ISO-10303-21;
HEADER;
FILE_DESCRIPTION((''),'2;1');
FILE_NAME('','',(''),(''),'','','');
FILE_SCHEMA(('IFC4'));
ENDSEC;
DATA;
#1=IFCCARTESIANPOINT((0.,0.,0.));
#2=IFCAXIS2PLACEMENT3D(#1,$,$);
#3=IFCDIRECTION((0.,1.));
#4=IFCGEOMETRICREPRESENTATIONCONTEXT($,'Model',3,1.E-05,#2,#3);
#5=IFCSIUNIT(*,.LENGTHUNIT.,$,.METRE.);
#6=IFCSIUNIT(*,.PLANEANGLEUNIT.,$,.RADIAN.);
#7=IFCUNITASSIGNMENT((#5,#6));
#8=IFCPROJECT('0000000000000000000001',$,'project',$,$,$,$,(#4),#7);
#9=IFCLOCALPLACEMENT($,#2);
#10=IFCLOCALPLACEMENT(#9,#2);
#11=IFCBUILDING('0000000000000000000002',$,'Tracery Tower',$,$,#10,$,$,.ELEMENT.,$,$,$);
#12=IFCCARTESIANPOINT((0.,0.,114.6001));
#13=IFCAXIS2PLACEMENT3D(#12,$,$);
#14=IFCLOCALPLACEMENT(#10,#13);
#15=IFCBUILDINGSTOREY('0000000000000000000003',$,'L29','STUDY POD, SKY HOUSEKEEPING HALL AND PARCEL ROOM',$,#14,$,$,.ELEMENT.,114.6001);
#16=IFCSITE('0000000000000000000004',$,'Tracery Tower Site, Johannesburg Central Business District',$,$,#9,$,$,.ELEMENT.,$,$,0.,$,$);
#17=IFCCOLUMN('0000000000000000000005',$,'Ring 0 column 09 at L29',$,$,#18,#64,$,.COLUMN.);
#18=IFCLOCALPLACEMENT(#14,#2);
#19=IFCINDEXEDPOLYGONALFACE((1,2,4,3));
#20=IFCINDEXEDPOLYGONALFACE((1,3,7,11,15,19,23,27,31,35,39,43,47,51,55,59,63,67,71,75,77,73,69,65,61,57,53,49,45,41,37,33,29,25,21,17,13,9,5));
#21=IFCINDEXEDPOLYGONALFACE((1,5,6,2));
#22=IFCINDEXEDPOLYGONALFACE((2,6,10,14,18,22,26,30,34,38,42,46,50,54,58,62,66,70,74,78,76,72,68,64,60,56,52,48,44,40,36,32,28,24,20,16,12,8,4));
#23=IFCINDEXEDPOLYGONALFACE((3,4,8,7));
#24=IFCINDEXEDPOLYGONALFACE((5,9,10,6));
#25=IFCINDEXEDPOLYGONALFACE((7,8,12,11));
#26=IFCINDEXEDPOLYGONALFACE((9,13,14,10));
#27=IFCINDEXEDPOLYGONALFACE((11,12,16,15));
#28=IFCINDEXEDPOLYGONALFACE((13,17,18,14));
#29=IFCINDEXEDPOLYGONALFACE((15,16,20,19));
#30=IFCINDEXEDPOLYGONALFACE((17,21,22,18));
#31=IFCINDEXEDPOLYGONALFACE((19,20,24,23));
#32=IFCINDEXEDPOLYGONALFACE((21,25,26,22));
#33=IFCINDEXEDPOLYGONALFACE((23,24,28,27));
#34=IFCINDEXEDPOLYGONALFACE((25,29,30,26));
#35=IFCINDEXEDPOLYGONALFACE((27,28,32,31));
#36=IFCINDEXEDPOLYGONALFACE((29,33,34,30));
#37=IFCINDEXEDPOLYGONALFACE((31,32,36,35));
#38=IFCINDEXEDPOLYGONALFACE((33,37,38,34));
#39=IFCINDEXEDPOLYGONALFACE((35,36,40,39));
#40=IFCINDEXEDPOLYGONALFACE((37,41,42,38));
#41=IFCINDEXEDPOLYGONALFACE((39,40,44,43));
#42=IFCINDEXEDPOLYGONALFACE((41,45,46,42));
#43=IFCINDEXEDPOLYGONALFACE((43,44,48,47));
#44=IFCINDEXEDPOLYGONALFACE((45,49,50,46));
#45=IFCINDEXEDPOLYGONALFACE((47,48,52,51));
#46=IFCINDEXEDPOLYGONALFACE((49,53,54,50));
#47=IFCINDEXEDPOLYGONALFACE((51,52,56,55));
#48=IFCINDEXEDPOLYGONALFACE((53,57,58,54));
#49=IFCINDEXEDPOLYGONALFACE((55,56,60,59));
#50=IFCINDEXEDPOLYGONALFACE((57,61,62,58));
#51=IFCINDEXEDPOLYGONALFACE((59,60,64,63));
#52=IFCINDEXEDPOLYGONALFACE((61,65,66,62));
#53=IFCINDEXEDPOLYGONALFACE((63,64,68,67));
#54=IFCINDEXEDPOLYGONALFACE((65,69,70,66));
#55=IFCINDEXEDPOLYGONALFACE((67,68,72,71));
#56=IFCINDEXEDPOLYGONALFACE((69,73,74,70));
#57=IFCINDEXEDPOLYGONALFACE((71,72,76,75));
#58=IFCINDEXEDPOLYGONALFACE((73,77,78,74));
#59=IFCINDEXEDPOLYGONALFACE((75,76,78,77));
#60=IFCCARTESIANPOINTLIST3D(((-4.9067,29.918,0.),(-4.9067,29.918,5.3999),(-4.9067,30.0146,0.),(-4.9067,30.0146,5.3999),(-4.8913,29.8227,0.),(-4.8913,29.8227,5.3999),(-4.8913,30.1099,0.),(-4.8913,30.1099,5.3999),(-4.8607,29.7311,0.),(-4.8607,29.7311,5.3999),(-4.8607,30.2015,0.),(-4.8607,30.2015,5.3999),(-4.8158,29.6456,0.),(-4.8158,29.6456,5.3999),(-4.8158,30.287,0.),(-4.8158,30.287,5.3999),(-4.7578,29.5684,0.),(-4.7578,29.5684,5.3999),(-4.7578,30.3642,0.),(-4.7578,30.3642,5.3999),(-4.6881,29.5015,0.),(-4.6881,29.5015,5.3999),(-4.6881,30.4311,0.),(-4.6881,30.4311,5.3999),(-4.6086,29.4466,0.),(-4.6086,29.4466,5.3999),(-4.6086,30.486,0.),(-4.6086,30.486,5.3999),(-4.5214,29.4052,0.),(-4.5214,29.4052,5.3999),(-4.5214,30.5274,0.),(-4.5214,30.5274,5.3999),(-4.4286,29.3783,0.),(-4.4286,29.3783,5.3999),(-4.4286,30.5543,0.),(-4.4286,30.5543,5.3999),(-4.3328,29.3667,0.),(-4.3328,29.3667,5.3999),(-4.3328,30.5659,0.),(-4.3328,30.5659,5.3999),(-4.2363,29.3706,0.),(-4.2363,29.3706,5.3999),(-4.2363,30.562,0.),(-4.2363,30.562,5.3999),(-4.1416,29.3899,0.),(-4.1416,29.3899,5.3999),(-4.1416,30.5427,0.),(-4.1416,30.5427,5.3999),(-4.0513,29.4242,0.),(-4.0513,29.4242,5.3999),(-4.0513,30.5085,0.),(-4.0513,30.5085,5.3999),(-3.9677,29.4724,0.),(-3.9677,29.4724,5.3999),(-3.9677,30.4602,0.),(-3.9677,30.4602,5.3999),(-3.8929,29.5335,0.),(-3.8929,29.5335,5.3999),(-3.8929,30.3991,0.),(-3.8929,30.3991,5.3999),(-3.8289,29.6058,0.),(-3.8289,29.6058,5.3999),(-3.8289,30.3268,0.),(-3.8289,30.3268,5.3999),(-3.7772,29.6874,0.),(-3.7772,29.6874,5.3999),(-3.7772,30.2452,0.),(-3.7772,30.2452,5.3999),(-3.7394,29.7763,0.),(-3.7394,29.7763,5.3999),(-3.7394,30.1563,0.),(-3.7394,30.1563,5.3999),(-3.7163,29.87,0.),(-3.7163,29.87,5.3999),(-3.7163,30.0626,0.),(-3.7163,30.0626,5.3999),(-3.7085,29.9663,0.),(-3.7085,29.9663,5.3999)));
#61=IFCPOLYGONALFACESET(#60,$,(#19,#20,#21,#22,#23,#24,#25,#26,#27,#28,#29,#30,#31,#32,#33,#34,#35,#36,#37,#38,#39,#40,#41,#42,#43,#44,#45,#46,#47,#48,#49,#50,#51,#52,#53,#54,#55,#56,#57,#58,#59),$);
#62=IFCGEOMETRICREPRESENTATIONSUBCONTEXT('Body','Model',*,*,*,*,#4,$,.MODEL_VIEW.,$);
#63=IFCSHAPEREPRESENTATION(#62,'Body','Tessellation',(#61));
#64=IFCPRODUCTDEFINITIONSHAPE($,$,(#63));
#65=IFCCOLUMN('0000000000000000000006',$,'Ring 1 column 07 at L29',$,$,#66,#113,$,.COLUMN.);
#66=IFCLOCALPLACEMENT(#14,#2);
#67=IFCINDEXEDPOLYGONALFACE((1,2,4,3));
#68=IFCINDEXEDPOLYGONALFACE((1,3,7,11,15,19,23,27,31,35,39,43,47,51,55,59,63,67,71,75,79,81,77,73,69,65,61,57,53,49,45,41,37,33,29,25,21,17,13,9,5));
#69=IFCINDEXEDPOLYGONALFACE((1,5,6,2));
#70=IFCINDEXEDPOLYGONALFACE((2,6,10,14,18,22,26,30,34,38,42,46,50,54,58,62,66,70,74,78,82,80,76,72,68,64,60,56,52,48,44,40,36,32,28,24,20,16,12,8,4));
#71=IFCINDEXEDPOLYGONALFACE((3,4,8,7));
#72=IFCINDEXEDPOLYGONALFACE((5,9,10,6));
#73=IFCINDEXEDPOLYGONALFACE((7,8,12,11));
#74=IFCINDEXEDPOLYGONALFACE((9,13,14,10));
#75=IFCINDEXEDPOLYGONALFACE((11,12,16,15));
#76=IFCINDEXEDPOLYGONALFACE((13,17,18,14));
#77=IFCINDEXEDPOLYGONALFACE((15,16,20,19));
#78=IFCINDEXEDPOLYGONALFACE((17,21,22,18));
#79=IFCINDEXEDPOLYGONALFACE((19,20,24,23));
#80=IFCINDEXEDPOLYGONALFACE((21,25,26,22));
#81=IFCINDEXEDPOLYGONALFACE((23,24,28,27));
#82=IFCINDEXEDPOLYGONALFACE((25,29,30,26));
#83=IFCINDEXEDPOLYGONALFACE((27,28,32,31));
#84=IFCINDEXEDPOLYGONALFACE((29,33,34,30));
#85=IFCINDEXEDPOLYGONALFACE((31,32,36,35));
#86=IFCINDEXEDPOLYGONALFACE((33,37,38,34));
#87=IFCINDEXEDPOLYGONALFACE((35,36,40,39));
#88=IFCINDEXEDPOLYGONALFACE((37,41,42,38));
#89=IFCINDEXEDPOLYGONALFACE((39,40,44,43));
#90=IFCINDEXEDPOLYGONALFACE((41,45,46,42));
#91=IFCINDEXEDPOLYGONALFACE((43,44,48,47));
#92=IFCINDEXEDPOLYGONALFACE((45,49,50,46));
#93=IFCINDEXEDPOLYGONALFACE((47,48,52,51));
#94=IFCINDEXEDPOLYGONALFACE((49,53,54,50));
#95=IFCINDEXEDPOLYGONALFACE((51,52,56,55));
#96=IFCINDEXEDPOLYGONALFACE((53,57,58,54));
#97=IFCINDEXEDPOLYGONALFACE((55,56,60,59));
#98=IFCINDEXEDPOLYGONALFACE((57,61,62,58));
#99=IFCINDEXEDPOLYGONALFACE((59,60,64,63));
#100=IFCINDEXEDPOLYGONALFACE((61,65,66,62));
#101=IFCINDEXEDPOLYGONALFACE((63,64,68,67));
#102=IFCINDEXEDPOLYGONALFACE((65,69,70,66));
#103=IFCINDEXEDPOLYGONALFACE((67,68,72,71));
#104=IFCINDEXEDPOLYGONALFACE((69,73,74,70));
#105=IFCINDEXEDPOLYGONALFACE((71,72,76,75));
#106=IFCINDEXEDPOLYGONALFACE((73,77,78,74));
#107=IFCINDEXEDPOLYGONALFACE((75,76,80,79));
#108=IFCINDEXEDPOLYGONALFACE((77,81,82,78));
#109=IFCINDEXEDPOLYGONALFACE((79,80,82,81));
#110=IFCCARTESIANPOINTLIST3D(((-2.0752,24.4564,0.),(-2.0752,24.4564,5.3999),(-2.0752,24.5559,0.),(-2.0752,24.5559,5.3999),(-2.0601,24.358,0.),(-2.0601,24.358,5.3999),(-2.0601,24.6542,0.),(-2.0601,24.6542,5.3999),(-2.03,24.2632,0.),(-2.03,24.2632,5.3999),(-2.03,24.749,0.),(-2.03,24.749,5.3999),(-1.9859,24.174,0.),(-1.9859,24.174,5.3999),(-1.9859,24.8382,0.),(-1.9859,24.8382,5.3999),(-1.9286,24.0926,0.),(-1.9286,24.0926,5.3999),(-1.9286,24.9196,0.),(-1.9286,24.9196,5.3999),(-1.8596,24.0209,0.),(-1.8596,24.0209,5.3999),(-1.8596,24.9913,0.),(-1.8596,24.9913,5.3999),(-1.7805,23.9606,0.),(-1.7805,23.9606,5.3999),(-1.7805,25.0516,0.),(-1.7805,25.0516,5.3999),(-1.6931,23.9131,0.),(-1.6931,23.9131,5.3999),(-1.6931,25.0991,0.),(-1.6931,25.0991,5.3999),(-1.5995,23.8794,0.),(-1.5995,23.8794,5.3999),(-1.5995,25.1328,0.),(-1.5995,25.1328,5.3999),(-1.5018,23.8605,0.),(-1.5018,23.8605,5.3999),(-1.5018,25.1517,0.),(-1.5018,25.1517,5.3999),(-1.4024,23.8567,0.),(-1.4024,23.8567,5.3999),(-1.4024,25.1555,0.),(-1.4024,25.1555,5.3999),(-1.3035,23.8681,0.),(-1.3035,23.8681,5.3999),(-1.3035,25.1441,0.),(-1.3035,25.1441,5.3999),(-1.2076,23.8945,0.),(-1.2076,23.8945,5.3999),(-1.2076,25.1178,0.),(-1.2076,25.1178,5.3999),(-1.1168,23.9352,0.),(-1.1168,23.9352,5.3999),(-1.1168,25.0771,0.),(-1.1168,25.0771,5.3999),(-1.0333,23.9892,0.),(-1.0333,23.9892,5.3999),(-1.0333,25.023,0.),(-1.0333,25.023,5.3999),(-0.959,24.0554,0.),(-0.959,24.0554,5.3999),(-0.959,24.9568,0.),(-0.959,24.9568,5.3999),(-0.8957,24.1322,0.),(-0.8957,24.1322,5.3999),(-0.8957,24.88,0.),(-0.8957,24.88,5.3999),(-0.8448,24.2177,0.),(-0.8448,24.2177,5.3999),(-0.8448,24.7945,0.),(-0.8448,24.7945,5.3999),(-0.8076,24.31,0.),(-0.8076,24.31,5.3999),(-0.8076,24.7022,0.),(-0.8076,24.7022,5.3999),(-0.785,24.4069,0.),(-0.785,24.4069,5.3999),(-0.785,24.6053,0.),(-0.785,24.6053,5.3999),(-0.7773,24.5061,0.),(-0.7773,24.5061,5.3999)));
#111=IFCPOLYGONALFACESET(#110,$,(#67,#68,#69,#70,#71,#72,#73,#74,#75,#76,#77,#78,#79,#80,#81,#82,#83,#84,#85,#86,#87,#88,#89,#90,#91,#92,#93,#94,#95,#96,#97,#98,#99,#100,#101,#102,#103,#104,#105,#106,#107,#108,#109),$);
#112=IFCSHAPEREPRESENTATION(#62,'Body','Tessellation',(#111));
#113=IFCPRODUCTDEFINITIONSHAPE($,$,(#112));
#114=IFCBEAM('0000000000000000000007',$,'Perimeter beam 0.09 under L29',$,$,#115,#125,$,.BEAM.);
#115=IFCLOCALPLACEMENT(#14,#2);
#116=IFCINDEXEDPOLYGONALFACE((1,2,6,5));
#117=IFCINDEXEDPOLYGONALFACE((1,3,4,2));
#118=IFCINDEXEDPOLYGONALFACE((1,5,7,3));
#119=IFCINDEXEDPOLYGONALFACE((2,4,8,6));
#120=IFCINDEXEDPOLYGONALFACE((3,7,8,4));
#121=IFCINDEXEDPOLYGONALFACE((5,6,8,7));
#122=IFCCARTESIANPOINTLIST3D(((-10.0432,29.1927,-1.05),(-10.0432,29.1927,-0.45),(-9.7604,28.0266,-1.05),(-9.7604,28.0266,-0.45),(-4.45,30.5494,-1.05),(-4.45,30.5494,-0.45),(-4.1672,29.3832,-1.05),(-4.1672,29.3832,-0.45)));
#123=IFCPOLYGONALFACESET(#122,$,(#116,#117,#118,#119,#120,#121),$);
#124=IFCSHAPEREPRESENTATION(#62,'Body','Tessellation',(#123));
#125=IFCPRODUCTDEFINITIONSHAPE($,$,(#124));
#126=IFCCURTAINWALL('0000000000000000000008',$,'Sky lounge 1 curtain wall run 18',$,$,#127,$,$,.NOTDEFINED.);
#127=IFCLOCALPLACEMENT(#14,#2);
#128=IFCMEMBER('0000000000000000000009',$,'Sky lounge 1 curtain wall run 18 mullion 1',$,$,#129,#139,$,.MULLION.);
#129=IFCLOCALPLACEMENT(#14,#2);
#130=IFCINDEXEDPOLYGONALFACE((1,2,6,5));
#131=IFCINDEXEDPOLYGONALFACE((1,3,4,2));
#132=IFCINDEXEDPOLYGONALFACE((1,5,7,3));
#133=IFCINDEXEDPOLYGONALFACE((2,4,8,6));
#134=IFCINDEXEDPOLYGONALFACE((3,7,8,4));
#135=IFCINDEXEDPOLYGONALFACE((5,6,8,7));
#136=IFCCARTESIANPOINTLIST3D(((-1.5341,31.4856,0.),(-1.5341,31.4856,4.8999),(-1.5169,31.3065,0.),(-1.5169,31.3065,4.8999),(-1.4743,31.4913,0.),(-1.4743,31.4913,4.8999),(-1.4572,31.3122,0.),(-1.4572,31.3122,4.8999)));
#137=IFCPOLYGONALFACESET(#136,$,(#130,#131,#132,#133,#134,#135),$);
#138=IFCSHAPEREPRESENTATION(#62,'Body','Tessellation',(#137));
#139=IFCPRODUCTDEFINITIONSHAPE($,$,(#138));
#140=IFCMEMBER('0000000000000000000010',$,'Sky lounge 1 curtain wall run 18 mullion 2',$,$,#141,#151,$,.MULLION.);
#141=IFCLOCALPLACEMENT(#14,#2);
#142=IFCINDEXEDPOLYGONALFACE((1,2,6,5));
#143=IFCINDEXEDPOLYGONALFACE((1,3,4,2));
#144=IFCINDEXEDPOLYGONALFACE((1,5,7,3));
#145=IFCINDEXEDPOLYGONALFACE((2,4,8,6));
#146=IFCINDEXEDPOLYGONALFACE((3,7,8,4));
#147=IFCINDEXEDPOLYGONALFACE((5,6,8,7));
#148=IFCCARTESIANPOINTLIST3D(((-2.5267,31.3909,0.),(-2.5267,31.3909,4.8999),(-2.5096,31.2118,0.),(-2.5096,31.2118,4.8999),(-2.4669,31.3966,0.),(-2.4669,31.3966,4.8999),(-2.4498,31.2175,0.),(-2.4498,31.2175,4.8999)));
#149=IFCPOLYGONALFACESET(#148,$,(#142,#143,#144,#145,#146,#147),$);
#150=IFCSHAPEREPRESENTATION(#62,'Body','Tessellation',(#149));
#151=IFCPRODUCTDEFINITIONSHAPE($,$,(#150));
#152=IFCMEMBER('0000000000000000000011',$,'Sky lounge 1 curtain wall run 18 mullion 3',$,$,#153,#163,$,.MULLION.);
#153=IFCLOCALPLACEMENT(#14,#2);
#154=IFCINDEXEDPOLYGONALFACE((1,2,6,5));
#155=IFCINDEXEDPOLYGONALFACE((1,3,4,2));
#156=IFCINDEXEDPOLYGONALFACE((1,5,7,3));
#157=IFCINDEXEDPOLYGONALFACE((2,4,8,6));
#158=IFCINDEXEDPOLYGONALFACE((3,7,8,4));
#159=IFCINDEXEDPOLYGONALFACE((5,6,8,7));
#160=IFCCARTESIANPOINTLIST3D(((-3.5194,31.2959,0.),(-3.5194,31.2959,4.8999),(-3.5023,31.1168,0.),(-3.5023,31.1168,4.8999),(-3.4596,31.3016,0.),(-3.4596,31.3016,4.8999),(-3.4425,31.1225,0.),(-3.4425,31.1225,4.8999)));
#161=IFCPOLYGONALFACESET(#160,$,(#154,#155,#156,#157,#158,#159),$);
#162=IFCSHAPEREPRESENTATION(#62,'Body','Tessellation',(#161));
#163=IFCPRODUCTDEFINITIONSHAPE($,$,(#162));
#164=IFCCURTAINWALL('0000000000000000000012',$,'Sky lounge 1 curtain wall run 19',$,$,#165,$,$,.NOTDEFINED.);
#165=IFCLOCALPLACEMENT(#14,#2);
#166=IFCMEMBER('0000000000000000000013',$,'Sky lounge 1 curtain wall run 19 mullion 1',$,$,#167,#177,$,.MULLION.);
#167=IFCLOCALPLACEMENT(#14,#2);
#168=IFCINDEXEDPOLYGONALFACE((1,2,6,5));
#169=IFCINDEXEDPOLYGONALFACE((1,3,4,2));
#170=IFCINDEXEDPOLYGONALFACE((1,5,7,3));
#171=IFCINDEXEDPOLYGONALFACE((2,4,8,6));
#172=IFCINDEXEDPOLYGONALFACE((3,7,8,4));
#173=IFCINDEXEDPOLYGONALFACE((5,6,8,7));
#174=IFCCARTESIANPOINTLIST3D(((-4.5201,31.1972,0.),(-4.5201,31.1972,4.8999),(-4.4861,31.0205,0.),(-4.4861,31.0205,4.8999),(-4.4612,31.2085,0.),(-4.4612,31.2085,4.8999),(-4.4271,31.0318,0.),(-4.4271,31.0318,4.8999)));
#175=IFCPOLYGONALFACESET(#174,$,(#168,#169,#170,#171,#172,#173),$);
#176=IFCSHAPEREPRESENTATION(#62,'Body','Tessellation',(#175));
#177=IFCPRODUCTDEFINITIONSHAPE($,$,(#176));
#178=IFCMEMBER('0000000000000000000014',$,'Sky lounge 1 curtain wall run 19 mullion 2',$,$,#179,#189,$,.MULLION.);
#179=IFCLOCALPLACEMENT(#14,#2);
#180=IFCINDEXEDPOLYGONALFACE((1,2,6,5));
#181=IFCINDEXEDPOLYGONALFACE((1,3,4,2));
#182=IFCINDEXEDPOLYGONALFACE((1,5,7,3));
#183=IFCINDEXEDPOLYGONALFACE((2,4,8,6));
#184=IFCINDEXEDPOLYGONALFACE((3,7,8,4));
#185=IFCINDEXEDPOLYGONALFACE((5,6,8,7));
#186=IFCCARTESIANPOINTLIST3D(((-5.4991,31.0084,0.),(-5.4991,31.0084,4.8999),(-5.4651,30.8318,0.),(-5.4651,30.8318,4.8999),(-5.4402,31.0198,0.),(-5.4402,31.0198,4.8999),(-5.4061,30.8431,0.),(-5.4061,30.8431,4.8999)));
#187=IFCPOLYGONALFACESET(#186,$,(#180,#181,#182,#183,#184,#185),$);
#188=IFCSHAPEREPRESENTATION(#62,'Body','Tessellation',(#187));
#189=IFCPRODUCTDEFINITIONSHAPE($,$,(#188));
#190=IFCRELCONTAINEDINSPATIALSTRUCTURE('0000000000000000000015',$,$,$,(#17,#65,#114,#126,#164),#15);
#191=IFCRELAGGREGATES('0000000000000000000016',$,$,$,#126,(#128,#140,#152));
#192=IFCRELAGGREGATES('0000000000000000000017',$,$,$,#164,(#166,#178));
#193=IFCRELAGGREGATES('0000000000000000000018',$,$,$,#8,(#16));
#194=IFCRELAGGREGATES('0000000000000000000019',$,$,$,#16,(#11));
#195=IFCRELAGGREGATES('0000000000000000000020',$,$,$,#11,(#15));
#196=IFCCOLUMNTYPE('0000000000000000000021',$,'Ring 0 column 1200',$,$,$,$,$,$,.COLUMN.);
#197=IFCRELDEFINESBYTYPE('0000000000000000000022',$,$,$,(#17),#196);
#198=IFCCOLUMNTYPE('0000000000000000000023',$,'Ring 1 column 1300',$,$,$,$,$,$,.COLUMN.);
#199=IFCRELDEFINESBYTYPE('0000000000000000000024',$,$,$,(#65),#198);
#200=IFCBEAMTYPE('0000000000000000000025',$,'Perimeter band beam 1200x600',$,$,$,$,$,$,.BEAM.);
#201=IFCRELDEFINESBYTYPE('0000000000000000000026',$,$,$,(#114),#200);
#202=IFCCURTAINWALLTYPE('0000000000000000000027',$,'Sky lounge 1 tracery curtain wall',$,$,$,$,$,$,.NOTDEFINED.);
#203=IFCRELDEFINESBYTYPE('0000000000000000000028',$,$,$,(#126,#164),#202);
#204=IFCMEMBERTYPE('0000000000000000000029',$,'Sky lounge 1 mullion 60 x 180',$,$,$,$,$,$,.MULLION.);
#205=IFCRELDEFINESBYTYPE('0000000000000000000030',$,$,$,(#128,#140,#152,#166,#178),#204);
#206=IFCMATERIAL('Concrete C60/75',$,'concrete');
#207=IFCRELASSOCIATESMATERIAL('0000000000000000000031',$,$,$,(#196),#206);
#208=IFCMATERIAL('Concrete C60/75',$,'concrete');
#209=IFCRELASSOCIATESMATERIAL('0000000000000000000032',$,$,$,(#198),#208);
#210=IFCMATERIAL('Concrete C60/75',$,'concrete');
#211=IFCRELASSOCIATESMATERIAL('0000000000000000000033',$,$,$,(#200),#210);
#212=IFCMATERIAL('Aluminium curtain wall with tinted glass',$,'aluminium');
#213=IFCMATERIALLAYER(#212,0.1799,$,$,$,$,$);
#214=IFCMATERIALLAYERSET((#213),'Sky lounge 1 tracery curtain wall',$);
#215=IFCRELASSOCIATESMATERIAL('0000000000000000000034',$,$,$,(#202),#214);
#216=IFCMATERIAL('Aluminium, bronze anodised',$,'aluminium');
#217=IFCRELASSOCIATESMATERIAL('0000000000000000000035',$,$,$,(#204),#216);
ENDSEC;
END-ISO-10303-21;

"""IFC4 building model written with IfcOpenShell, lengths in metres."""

from ifc_helpers import new_model, si_unit, direction, frame, origin, origin_2d, place, context, subcontext, project, spatial, rectangle, circle, extrude, material, layer, layer_set, material_profile, profile_set, type_object, element, aggregate, save


model = new_model("IFC4")

# Units and contexts
model_context = context("Model", 3, precision=1e-05, world=origin(), true_north=direction((0.0, 1.0)))
body_context = subcontext(model_context, "Body", "Model", "MODEL_VIEW")
ifc_project = project(units=[si_unit("LENGTHUNIT", "METRE"), si_unit("PLANEANGLEUNIT", "RADIAN")], contexts=[model_context])

# Site, building, storey
site_placement = place(None, origin())
site = spatial("IfcSite", under=ifc_project, at=site_placement, Name="Tracery Tower Site, Johannesburg Central Business District", CompositionType="ELEMENT", RefElevation=0.0)
building_placement = place(site_placement, origin())
building = spatial("IfcBuilding", under=site, at=building_placement, Name="Tracery Tower", CompositionType="ELEMENT")
storey_placement = place(building_placement, frame((0.0, 0.0, 114.6001)))
storey = spatial("IfcBuildingStorey", under=building, at=storey_placement, Name="L29", Description="STUDY POD, SKY HOUSEKEEPING HALL AND PARCEL ROOM", CompositionType="ELEMENT", Elevation=114.6001)

# Columns
ifc_material_1 = material(Name="Concrete C60/75", Category="concrete")
ifc_material_profile_1 = material_profile(ifc_material_1, circle(Radius=0.6001, at=origin_2d()), Name="RC D1200")
ifc_profile_set_1 = profile_set([ifc_material_profile_1], Name="Concrete C60/75")
column_type_1 = type_object("IfcColumnType", Name="Ring 0 column 1200", PredefinedType="COLUMN", material=ifc_profile_set_1)
column_1_placement = place(storey_placement, frame((-4.3086, 29.9663, 0.0), z_axis=(0.0, 0.0, 1.0), x_axis=(1.0, 0.0, 0.0)))
element("IfcColumn", 1, at=column_1_placement, inside=storey, type_object=column_type_1, Name="Ring 0 column 09 at L29", PredefinedType="COLUMN", context=body_context, shape_type="SweptSolid", body=[
    extrude(circle(Radius=0.6001, at=origin_2d()), origin(), (0.0, 0.0, 1.0), 5.3999),
])
ifc_material_2 = material(Name="Concrete C60/75", Category="concrete")
ifc_material_profile_2 = material_profile(ifc_material_2, circle(Radius=0.6499, at=origin_2d()), Name="RC D1300")
ifc_profile_set_2 = profile_set([ifc_material_profile_2], Name="Concrete C60/75")
column_type_2 = type_object("IfcColumnType", Name="Ring 1 column 1300", PredefinedType="COLUMN", material=ifc_profile_set_2)
column_2_placement = place(storey_placement, frame((-1.4272, 24.5061, 0.0), z_axis=(0.0, 0.0, 1.0), x_axis=(1.0, 0.0, 0.0)))
element("IfcColumn", 2, at=column_2_placement, inside=storey, type_object=column_type_2, Name="Ring 1 column 07 at L29", PredefinedType="COLUMN", context=body_context, shape_type="SweptSolid", body=[
    extrude(circle(Radius=0.6499, at=origin_2d()), origin(), (0.0, 0.0, 1.0), 5.3999),
])

# Beam
ifc_material_3 = material(Name="Concrete C60/75", Category="concrete")
ifc_material_profile_3 = material_profile(ifc_material_3, rectangle(XDim=1.2, YDim=0.6001, at=origin_2d()), Name="RC 1200x600")
ifc_profile_set_3 = profile_set([ifc_material_profile_3], Name="Concrete C60/75")
beam_type = type_object("IfcBeamType", Name="Perimeter band beam 1200x600", PredefinedType="BEAM", material=ifc_profile_set_3)
beam_placement = place(storey_placement, frame((-4.3086, 29.9663, -0.75), z_axis=(-0.97182, -0.235723, 0.0), x_axis=(0.235723, -0.97182, 0.0)))
element("IfcBeam", 3, at=beam_placement, inside=storey, type_object=beam_type, Name="Perimeter beam 0.09 under L29", PredefinedType="BEAM", context=body_context, shape_type="SweptSolid", body=[
    extrude(rectangle(XDim=1.2, YDim=0.6001, at=origin_2d()), origin(), (0.0, 0.0, 1.0), 5.7554),
])

# Curtain walls, members
ifc_material_4 = material(Name="Aluminium curtain wall with tinted glass", Category="aluminium")
ifc_layer_1 = layer(ifc_material_4, 0.1799)
ifc_layer_set_1 = layer_set([ifc_layer_1], Name="Sky lounge 1 tracery curtain wall")
curtain_wall_type = type_object("IfcCurtainWallType", Name="Sky lounge 1 tracery curtain wall", PredefinedType="NOTDEFINED", material=ifc_layer_set_1)
curtain_wall_1_placement = place(storey_placement, origin())
curtain_wall_1 = element("IfcCurtainWall", 4, at=curtain_wall_1_placement, inside=storey, type_object=curtain_wall_type, Name="Sky lounge 1 curtain wall run 18", PredefinedType="NOTDEFINED")
ifc_material_5 = material(Name="Aluminium, bronze anodised", Category="aluminium")
ifc_material_profile_4 = material_profile(ifc_material_5, rectangle(XDim=0.1799, YDim=0.0601, at=origin_2d()), Name="AL 60x180")
ifc_profile_set_4 = profile_set([ifc_material_profile_4], Name="Aluminium, bronze anodised")
member_type_1 = type_object("IfcMemberType", Name="Sky lounge 1 mullion 60 x 180", PredefinedType="MULLION", material=ifc_profile_set_4)
member_1_placement = place(storey_placement, frame((-1.4956, 31.3989, 0.0), z_axis=(0.0, 0.0, 1.0), x_axis=(0.095056, -0.995472, 0.0)))
member_1 = element("IfcMember", 5, at=member_1_placement, type_object=member_type_1, Name="Sky lounge 1 curtain wall run 18 mullion 1", PredefinedType="MULLION", context=body_context, shape_type="SweptSolid", body=[
    extrude(rectangle(XDim=0.1799, YDim=0.0601, at=origin_2d()), origin(), (0.0, 0.0, 1.0), 4.8999),
])
member_2_placement = place(storey_placement, frame((-2.4883, 31.3042, 0.0), z_axis=(0.0, 0.0, 1.0), x_axis=(0.095056, -0.995472, 0.0)))
member_2 = element("IfcMember", 6, at=member_2_placement, type_object=member_type_1, Name="Sky lounge 1 curtain wall run 18 mullion 2", PredefinedType="MULLION", context=body_context, shape_type="SweptSolid", body=[
    extrude(rectangle(XDim=0.1799, YDim=0.0601, at=origin_2d()), origin(), (0.0, 0.0, 1.0), 4.8999),
])
member_3_placement = place(storey_placement, frame((-3.481, 31.2092, 0.0), z_axis=(0.0, 0.0, 1.0), x_axis=(0.095056, -0.995472, 0.0)))
member_3 = element("IfcMember", 7, at=member_3_placement, type_object=member_type_1, Name="Sky lounge 1 curtain wall run 18 mullion 3", PredefinedType="MULLION", context=body_context, shape_type="SweptSolid", body=[
    extrude(rectangle(XDim=0.1799, YDim=0.0601, at=origin_2d()), origin(), (0.0, 0.0, 1.0), 4.8999),
])
curtain_wall_2_placement = place(storey_placement, origin())
curtain_wall_2 = element("IfcCurtainWall", 8, at=curtain_wall_2_placement, inside=storey, type_object=curtain_wall_type, Name="Sky lounge 1 curtain wall run 19", PredefinedType="NOTDEFINED")
member_4_placement = place(storey_placement, frame((-4.4736, 31.1145, 0.0), z_axis=(0.0, 0.0, 1.0), x_axis=(0.189251, -0.981929, 0.0)))
member_4 = element("IfcMember", 9, at=member_4_placement, type_object=member_type_1, Name="Sky lounge 1 curtain wall run 19 mullion 1", PredefinedType="MULLION", context=body_context, shape_type="SweptSolid", body=[
    extrude(rectangle(XDim=0.1799, YDim=0.0601, at=origin_2d()), origin(), (0.0, 0.0, 1.0), 4.8999),
])
member_5_placement = place(storey_placement, frame((-5.4526, 30.9258, 0.0), z_axis=(0.0, 0.0, 1.0), x_axis=(0.189251, -0.981929, 0.0)))
member_5 = element("IfcMember", 10, at=member_5_placement, type_object=member_type_1, Name="Sky lounge 1 curtain wall run 19 mullion 2", PredefinedType="MULLION", context=body_context, shape_type="SweptSolid", body=[
    extrude(rectangle(XDim=0.1799, YDim=0.0601, at=origin_2d()), origin(), (0.0, 0.0, 1.0), 4.8999),
])

aggregate(curtain_wall_1, [member_1, member_2, member_3])
aggregate(curtain_wall_2, [member_4, member_5])

save(model, "model.ifc")
